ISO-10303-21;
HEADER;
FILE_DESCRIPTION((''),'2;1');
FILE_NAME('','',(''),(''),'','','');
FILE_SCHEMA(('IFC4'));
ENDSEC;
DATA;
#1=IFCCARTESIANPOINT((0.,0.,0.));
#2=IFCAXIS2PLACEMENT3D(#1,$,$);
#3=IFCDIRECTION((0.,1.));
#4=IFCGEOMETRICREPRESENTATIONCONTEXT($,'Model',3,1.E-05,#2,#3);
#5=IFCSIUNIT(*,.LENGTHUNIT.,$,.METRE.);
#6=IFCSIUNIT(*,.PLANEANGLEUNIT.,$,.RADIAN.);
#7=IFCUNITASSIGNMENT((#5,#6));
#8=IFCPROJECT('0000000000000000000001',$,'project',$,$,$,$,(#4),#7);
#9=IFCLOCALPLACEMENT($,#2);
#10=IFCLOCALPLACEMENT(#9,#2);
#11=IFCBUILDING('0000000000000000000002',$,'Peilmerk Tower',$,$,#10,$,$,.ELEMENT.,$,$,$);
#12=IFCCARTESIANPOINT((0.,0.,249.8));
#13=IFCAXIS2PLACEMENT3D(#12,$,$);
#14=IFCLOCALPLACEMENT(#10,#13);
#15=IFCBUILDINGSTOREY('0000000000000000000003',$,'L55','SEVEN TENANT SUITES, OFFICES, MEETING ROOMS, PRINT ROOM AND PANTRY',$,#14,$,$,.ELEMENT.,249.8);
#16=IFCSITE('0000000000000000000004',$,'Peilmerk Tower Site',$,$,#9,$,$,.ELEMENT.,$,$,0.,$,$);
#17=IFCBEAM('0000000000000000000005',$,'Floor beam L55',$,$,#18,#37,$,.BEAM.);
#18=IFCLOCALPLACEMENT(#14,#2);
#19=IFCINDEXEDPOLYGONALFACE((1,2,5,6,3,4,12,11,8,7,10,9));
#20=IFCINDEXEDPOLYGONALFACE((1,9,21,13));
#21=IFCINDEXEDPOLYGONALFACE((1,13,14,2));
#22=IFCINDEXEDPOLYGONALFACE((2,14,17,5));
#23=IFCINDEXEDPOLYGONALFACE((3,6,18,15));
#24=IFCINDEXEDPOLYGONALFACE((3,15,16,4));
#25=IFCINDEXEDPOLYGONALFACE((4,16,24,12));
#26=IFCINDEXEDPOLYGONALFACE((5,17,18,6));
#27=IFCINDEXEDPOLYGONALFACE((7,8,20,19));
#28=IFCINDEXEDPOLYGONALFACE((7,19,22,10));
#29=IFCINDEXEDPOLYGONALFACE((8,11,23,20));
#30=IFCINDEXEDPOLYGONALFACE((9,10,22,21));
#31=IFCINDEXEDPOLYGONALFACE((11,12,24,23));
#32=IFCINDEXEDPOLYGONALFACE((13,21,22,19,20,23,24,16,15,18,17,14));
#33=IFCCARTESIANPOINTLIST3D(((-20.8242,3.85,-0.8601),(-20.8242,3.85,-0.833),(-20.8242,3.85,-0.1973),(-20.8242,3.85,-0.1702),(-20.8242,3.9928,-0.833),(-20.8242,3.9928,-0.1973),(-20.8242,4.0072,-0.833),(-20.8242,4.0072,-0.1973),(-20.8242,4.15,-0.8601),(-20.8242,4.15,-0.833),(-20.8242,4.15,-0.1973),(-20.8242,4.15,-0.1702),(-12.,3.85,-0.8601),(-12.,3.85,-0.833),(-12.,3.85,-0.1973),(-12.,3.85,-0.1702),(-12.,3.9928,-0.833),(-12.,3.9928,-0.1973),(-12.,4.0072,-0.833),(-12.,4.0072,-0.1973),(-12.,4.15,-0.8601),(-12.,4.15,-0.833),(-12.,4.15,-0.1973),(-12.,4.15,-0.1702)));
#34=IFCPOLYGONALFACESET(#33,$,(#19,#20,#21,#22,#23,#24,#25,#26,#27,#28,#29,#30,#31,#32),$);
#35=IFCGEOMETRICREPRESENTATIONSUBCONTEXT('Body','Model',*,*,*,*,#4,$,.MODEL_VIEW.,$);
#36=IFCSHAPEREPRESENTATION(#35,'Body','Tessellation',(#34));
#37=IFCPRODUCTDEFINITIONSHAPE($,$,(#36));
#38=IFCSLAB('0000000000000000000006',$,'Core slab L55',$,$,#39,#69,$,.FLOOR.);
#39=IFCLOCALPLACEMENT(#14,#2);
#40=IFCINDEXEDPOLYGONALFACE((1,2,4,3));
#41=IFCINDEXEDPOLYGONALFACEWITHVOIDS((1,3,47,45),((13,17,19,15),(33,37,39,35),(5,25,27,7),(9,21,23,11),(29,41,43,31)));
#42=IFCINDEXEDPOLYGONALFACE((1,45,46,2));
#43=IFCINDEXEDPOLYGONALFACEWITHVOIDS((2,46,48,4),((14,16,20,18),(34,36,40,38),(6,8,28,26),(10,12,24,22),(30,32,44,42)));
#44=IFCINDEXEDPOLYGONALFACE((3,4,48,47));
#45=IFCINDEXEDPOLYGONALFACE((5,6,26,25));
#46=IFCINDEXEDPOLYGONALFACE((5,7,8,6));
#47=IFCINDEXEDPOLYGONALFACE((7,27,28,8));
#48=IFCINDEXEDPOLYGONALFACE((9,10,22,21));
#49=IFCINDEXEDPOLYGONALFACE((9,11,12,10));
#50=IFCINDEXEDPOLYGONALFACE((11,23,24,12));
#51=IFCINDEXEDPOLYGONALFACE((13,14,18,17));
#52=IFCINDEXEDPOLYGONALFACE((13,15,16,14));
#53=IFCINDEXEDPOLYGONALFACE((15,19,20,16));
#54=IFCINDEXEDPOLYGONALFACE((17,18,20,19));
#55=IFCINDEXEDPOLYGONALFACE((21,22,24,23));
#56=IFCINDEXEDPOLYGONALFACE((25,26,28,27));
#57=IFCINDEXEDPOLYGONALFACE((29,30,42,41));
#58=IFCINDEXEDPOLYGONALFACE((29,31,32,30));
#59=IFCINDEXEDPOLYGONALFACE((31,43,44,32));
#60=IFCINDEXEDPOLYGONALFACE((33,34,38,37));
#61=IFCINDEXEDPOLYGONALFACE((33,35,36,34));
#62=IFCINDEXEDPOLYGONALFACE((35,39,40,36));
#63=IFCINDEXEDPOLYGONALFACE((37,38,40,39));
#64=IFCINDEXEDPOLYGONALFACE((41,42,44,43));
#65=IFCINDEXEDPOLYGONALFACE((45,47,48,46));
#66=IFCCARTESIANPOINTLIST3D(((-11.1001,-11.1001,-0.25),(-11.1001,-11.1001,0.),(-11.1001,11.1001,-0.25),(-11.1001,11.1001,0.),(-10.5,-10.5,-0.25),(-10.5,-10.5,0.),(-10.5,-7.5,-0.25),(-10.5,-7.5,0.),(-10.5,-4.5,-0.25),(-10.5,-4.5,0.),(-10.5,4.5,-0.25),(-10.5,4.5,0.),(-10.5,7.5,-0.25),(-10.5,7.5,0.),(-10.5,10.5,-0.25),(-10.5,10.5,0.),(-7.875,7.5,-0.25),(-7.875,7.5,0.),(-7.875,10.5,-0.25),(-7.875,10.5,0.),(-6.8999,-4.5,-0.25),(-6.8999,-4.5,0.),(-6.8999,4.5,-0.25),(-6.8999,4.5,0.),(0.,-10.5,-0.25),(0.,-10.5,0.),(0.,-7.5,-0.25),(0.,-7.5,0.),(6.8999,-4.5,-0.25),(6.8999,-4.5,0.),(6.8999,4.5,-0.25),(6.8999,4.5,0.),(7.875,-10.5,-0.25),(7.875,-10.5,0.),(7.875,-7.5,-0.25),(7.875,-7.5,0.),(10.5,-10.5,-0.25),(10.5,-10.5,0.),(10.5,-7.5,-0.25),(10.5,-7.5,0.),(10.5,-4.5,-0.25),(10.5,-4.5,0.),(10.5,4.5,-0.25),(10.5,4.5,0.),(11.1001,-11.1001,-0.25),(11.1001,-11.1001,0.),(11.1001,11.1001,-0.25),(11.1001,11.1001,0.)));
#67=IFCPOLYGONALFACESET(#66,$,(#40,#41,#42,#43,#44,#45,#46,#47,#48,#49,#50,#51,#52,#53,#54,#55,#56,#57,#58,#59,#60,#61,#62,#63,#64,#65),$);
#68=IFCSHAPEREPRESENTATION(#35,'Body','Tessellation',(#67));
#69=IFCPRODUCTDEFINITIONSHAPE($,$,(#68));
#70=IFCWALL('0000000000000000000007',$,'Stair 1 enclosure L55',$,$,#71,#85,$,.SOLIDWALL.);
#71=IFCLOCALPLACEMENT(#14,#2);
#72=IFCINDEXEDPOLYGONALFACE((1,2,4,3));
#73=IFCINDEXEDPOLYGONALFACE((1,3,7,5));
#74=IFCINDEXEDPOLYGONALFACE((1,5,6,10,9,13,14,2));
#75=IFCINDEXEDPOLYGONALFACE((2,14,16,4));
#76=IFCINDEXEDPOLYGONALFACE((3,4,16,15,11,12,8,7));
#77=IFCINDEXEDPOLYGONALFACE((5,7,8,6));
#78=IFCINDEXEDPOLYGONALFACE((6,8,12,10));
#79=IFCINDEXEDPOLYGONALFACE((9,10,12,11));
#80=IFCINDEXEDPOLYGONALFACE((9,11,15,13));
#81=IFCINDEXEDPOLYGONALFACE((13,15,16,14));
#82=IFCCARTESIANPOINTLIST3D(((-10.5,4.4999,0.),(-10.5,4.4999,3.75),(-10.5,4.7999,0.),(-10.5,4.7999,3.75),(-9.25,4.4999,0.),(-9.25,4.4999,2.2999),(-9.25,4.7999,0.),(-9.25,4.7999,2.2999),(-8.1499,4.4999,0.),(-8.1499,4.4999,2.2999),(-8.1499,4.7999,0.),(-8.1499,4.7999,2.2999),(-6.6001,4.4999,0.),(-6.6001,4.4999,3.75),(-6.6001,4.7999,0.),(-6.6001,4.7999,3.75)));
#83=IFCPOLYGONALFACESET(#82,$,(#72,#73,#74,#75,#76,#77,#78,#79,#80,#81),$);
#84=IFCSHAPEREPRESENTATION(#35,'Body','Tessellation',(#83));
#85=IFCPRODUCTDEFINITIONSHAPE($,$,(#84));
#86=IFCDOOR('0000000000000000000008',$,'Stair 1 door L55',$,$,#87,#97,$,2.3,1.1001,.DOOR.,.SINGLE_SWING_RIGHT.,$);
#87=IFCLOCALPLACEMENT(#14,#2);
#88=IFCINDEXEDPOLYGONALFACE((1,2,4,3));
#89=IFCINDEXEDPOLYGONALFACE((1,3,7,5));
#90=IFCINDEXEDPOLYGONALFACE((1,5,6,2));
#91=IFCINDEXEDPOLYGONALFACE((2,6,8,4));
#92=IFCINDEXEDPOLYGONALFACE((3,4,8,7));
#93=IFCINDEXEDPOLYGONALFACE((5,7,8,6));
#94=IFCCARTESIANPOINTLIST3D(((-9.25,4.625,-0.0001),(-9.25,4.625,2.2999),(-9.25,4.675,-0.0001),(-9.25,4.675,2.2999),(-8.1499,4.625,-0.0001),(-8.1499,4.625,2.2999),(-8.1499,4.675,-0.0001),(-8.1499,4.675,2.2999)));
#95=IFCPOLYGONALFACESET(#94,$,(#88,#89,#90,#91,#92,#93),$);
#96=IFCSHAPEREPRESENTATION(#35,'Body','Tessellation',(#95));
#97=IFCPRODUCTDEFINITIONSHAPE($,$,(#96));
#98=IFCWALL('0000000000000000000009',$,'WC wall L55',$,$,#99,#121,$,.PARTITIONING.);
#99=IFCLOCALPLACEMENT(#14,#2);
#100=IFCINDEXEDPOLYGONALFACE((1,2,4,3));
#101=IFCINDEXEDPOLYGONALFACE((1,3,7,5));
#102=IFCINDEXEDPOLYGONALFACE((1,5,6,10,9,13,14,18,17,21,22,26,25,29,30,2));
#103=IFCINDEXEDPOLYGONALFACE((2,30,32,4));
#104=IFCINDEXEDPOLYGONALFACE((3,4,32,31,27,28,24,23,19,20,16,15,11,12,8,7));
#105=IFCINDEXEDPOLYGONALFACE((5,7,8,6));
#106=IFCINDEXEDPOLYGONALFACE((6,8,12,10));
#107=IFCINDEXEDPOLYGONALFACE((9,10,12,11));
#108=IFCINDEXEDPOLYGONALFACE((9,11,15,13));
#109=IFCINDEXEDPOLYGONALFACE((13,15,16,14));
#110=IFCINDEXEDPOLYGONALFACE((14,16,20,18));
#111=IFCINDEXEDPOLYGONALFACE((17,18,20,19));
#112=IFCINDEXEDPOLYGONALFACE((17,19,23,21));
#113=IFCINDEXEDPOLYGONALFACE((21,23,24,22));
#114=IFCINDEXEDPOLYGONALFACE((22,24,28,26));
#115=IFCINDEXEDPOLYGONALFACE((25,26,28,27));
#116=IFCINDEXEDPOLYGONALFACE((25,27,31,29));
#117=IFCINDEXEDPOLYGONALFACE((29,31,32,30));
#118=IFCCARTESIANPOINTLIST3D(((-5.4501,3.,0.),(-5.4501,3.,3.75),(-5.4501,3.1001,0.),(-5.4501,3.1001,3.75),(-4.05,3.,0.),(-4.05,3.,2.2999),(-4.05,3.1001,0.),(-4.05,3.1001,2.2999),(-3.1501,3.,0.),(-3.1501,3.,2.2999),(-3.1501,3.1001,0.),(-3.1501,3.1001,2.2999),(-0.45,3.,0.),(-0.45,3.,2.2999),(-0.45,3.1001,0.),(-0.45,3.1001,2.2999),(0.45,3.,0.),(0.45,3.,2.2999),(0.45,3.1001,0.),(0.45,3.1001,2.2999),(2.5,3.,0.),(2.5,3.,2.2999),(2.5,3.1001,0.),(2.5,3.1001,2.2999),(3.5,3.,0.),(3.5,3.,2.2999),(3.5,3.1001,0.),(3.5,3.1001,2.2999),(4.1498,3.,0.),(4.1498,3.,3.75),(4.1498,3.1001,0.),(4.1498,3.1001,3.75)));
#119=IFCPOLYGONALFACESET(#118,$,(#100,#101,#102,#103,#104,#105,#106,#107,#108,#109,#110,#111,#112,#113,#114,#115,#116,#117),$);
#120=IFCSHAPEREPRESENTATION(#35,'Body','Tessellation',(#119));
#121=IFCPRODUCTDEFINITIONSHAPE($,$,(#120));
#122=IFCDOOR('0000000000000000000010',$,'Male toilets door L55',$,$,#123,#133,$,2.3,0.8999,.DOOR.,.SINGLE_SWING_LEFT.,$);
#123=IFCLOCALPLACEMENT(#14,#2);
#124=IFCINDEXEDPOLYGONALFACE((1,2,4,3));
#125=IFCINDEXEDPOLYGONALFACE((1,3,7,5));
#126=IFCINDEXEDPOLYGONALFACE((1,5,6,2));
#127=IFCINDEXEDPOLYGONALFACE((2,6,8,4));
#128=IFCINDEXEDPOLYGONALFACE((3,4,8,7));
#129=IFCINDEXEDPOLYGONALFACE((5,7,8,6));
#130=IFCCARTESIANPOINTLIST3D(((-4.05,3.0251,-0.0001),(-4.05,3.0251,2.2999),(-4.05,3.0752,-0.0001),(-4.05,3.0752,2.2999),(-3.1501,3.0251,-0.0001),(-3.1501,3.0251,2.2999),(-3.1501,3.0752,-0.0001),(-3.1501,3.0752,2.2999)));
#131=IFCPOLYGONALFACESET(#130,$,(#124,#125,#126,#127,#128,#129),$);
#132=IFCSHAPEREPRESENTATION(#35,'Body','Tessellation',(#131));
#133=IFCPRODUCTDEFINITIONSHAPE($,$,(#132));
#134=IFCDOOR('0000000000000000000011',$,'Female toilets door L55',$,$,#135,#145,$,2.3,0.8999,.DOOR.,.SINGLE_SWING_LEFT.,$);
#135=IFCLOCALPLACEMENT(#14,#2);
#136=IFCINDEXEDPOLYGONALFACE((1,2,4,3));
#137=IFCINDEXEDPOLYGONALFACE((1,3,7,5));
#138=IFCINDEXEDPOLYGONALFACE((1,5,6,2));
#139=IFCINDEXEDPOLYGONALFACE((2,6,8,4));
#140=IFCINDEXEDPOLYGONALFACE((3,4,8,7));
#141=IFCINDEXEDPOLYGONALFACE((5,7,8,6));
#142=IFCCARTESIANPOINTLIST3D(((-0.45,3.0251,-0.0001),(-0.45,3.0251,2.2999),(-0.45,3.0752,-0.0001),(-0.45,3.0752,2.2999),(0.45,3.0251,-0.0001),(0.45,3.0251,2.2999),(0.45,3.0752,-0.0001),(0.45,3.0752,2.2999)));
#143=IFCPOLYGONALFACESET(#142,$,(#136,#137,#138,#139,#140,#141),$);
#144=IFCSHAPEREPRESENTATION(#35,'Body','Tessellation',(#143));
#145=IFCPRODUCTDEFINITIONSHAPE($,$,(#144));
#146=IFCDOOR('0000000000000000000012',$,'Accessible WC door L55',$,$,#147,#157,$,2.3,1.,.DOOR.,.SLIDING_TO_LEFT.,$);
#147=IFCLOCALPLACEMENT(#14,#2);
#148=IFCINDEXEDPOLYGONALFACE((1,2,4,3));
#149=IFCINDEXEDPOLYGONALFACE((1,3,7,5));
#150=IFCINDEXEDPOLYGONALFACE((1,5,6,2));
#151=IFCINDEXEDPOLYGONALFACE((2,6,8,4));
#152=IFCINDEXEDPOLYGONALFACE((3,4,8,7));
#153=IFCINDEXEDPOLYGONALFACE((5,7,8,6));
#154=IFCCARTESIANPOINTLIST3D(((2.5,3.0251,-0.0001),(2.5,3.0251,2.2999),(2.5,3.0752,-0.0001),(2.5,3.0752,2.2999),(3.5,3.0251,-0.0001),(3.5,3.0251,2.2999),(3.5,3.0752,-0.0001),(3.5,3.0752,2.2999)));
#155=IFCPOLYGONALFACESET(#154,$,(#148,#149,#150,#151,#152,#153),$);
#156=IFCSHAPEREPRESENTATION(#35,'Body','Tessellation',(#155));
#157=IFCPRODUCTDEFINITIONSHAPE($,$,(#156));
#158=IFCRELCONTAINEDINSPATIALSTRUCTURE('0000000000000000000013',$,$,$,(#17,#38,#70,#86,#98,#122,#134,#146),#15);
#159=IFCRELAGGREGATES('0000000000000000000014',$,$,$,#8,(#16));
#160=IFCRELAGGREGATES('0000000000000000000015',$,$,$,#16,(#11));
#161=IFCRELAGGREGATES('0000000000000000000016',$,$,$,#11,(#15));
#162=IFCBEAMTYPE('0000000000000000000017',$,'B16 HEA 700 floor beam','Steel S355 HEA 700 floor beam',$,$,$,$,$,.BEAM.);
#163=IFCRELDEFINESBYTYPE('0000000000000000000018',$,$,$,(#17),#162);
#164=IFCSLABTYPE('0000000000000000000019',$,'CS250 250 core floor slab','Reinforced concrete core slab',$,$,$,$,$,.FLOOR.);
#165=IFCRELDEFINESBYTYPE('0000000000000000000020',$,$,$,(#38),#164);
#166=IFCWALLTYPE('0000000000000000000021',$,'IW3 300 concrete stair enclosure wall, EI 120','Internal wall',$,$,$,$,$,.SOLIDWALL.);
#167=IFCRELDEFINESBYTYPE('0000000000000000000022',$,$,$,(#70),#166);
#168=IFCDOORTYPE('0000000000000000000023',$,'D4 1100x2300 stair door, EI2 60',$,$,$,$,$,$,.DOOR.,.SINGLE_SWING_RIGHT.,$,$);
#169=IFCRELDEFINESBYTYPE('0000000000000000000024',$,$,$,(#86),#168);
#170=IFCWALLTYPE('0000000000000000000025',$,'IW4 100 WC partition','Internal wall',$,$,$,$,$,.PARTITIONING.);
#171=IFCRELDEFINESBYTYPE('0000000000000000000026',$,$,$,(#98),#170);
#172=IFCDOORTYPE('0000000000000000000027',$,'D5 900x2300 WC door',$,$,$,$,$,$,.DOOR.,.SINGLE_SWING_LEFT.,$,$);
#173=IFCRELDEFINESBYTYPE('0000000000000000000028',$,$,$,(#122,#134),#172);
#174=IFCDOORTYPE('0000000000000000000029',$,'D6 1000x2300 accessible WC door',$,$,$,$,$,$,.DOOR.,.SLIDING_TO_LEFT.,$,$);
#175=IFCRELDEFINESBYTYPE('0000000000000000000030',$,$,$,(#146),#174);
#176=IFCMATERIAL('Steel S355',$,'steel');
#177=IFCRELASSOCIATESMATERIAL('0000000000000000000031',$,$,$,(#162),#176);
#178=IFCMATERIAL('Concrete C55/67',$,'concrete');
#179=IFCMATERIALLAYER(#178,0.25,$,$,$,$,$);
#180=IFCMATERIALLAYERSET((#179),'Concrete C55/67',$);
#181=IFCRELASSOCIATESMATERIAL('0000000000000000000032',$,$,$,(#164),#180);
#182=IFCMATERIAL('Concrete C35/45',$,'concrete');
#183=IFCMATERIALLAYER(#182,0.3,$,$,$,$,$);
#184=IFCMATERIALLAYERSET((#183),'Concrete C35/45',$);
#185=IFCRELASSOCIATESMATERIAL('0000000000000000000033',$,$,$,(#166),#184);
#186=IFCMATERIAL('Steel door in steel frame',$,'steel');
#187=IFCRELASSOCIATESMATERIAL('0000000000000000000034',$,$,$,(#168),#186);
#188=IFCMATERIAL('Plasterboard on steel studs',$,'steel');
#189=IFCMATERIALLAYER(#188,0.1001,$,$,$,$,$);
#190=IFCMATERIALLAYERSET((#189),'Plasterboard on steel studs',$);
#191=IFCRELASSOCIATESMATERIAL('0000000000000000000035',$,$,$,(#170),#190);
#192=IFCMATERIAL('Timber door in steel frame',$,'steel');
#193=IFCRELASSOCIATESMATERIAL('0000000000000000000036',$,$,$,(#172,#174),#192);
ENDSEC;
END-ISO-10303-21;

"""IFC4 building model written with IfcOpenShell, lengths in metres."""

from ifc_helpers import new_model, si_unit, direction, frame, frame_2d, origin, origin_2d, place, context, subcontext, project, spatial, polyline, rectangle, i_section, outline, extrude, material, layer, layer_set, material_profile, profile_set, type_object, element, fill, save


model = new_model("IFC4")

# Units and contexts
model_context = context("Model", 3, precision=1e-05, world=origin(), true_north=direction((0.0, 1.0)))
body_context = subcontext(model_context, "Body", "Model", "MODEL_VIEW")
ifc_project = project(units=[si_unit("LENGTHUNIT", "METRE"), si_unit("PLANEANGLEUNIT", "RADIAN")], contexts=[model_context])

# Site, building, storey
site_placement = place(None, origin())
site = spatial("IfcSite", under=ifc_project, at=site_placement, Name="Peilmerk Tower Site", CompositionType="ELEMENT", RefElevation=0.0)
building_placement = place(site_placement, origin())
building = spatial("IfcBuilding", under=site, at=building_placement, Name="Peilmerk Tower", CompositionType="ELEMENT")
storey_placement = place(building_placement, frame((0.0, 0.0, 249.8)))
storey = spatial("IfcBuildingStorey", under=building, at=storey_placement, Name="L55", Description="SEVEN TENANT SUITES, OFFICES, MEETING ROOMS, PRINT ROOM AND PANTRY", CompositionType="ELEMENT", Elevation=249.8)

# Beam
ifc_material_1 = material(Name="Steel S355", Category="steel")
ifc_material_profile = material_profile(ifc_material_1, i_section(OverallWidth=0.3, OverallDepth=0.6899, WebThickness=0.0144, FlangeThickness=0.0271, at=origin_2d()), Name="HEA 700")
ifc_profile_set = profile_set([ifc_material_profile], Name="Steel S355")
beam_type = type_object("IfcBeamType", Name="B16 HEA 700 floor beam", Description="Steel S355 HEA 700 floor beam", PredefinedType="BEAM", material=ifc_profile_set)
beam_placement = place(storey_placement, frame((-12.0, 4.0, -0.5151), z_axis=(-1.0, 0.0, 0.0), x_axis=(0.0, -1.0, 0.0)))
element("IfcBeam", 1, at=beam_placement, inside=storey, type_object=beam_type, Name="Floor beam L55", PredefinedType="BEAM", context=body_context, shape_type="SweptSolid", body=[
    extrude(i_section(OverallWidth=0.3, OverallDepth=0.6899, WebThickness=0.0144, FlangeThickness=0.0271, at=origin_2d()), origin(), (0.0, 0.0, 1.0), 8.8242),
])

# Slab
ifc_material_2 = material(Name="Concrete C55/67", Category="concrete")
ifc_layer_1 = layer(ifc_material_2, 0.25)
ifc_layer_set_1 = layer_set([ifc_layer_1], Name="Concrete C55/67")
slab_type = type_object("IfcSlabType", Name="CS250 250 core floor slab", Description="Reinforced concrete core slab", PredefinedType="FLOOR", material=ifc_layer_set_1)
slab_placement = place(storey_placement, frame((0.0, 0.0, -0.25)))
element("IfcSlab", 2, at=slab_placement, inside=storey, type_object=slab_type, Name="Core slab L55", PredefinedType="FLOOR", context=body_context, shape_type="SweptSolid", body=[
    extrude(outline(polyline([(11.1001, -11.1001), (11.1001, 11.1001), (-11.1001, 11.1001), (-11.1001, -11.1001), (11.1001, -11.1001)]), holes=[polyline([(-7.875, 7.5), (-10.5, 7.5), (-10.5, 10.5), (-7.875, 10.5), (-7.875, 7.5)]), polyline([(0.0, -10.5), (-10.5, -10.5), (-10.5, -7.5), (0.0, -7.5), (0.0, -10.5)]), polyline([(7.875, -10.5), (7.875, -7.5), (10.5, -7.5), (10.5, -10.5), (7.875, -10.5)]), polyline([(-10.5, 4.5), (-6.8999, 4.5), (-6.8999, -4.5), (-10.5, -4.5), (-10.5, 4.5)]), polyline([(10.5, 4.5), (10.5, -4.5), (6.8999, -4.5), (6.8999, 4.5), (10.5, 4.5)])]), origin(), (0.0, 0.0, 1.0), 0.25),
])

# Wall, opening, door
ifc_material_3 = material(Name="Concrete C35/45", Category="concrete")
ifc_layer_2 = layer(ifc_material_3, 0.3)
ifc_layer_set_2 = layer_set([ifc_layer_2], Name="Concrete C35/45")
wall_type_1 = type_object("IfcWallType", Name="IW3 300 concrete stair enclosure wall, EI 120", Description="Internal wall", PredefinedType="SOLIDWALL", material=ifc_layer_set_2)
wall_1_placement = place(storey_placement, frame((-10.5, 4.6499, 0.0), z_axis=(0.0, 0.0, 1.0), x_axis=(1.0, 0.0, 0.0)))
wall_1 = element("IfcWall", 3, at=wall_1_placement, inside=storey, type_object=wall_type_1, Name="Stair 1 enclosure L55", PredefinedType="SOLIDWALL", context=body_context, shape_type="SweptSolid", body=[
    extrude(rectangle(XDim=3.8999, YDim=0.3, at=frame_2d((1.95, 0.0))), origin(), (0.0, 0.0, 1.0), 3.75),
])
opening_1_placement = place(wall_1_placement, frame((1.25, 0.0, 0.0)))
opening_1 = element("IfcOpeningElement", 4, at=opening_1_placement, cuts=wall_1, PredefinedType="OPENING", context=body_context, shape_type="SweptSolid", body=[
    extrude(rectangle(XDim=1.1001, YDim=2.3, at=frame_2d((0.55, 1.1499))), frame((0.0, 0.1599, 0.0), z_axis=(0.0, -1.0, 0.0), x_axis=(1.0, 0.0, 0.0)), (0.0, 0.0, 1.0), 0.3201),
])
ifc_material_4 = material(Name="Steel door in steel frame", Category="steel")
door_type_1 = type_object("IfcDoorType", Name="D4 1100x2300 stair door, EI2 60", OperationType="SINGLE_SWING_RIGHT", PredefinedType="DOOR", material=ifc_material_4)
door_1_placement = place(opening_1_placement, frame((1.1001, 0.0, 0.0), z_axis=(0.0, 0.0, 1.0), x_axis=(-1.0, 0.0, 0.0)))
door_1 = element("IfcDoor", 5, at=door_1_placement, inside=storey, type_object=door_type_1, Name="Stair 1 door L55", OperationType="SINGLE_SWING_RIGHT", OverallHeight=2.3, OverallWidth=1.1001, PredefinedType="DOOR", context=body_context, shape_type="SweptSolid", body=[
    extrude(rectangle(XDim=1.1001, YDim=2.3, at=frame_2d((0.55, 1.1499))), frame((0.0, 0.0249, 0.0), z_axis=(0.0, -1.0, 0.0), x_axis=(1.0, 0.0, 0.0)), (0.0, 0.0, 1.0), 0.05),
])
fill(opening_1, door_1)

# Wall, openings, doors
ifc_material_5 = material(Name="Plasterboard on steel studs", Category="steel")
ifc_layer_3 = layer(ifc_material_5, 0.1001)
ifc_layer_set_3 = layer_set([ifc_layer_3], Name="Plasterboard on steel studs")
wall_type_2 = type_object("IfcWallType", Name="IW4 100 WC partition", Description="Internal wall", PredefinedType="PARTITIONING", material=ifc_layer_set_3)
wall_2_placement = place(storey_placement, frame((-5.45, 3.05, 0.0), z_axis=(0.0, 0.0, 1.0), x_axis=(1.0, 0.0, 0.0)))
wall_2 = element("IfcWall", 6, at=wall_2_placement, inside=storey, type_object=wall_type_2, Name="WC wall L55", PredefinedType="PARTITIONING", context=body_context, shape_type="SweptSolid", body=[
    extrude(rectangle(XDim=9.5999, YDim=0.1001, at=frame_2d((4.7998, 0.0))), origin(), (0.0, 0.0, 1.0), 3.75),
])
opening_2_placement = place(wall_2_placement, frame((1.3999, 0.0, 0.0)))
opening_2 = element("IfcOpeningElement", 7, at=opening_2_placement, cuts=wall_2, PredefinedType="OPENING", context=body_context, shape_type="SweptSolid", body=[
    extrude(rectangle(XDim=0.8999, YDim=2.3, at=frame_2d((0.45, 1.1499))), frame((0.0, 0.0601, 0.0), z_axis=(0.0, -1.0, 0.0), x_axis=(1.0, 0.0, 0.0)), (0.0, 0.0, 1.0), 0.1201),
])
opening_3_placement = place(wall_2_placement, frame((5.0, 0.0, 0.0)))
opening_3 = element("IfcOpeningElement", 8, at=opening_3_placement, cuts=wall_2, PredefinedType="OPENING", context=body_context, shape_type="SweptSolid", body=[
    extrude(rectangle(XDim=0.8999, YDim=2.3, at=frame_2d((0.45, 1.1499))), frame((0.0, 0.0601, 0.0), z_axis=(0.0, -1.0, 0.0), x_axis=(1.0, 0.0, 0.0)), (0.0, 0.0, 1.0), 0.1201),
])
opening_4_placement = place(wall_2_placement, frame((7.95, 0.0, 0.0)))
opening_4 = element("IfcOpeningElement", 9, at=opening_4_placement, cuts=wall_2, PredefinedType="OPENING", context=body_context, shape_type="SweptSolid", body=[
    extrude(rectangle(XDim=1.0, YDim=2.3, at=frame_2d((0.5, 1.1499))), frame((0.0, 0.0601, 0.0), z_axis=(0.0, -1.0, 0.0), x_axis=(1.0, 0.0, 0.0)), (0.0, 0.0, 1.0), 0.1201),
])
ifc_material_6 = material(Name="Timber door in steel frame", Category="steel")
door_type_2 = type_object("IfcDoorType", Name="D5 900x2300 WC door", OperationType="SINGLE_SWING_LEFT", PredefinedType="DOOR", material=ifc_material_6)
door_2_placement = place(opening_2_placement, frame((0.8999, 0.0, 0.0), z_axis=(0.0, 0.0, 1.0), x_axis=(-1.0, 0.0, 0.0)))
door_2 = element("IfcDoor", 10, at=door_2_placement, inside=storey, type_object=door_type_2, Name="Male toilets door L55", OperationType="SINGLE_SWING_LEFT", OverallHeight=2.3, OverallWidth=0.8999, PredefinedType="DOOR", context=body_context, shape_type="SweptSolid", body=[
    extrude(rectangle(XDim=0.8999, YDim=2.3, at=frame_2d((0.45, 1.1499))), frame((0.0, 0.0249, 0.0), z_axis=(0.0, -1.0, 0.0), x_axis=(1.0, 0.0, 0.0)), (0.0, 0.0, 1.0), 0.05),
])
fill(opening_2, door_2)
door_3_placement = place(opening_3_placement, frame((0.8999, 0.0, 0.0), z_axis=(0.0, 0.0, 1.0), x_axis=(-1.0, 0.0, 0.0)))
door_3 = element("IfcDoor", 11, at=door_3_placement, inside=storey, type_object=door_type_2, Name="Female toilets door L55", OperationType="SINGLE_SWING_LEFT", OverallHeight=2.3, OverallWidth=0.8999, PredefinedType="DOOR", context=body_context, shape_type="SweptSolid", body=[
    extrude(rectangle(XDim=0.8999, YDim=2.3, at=frame_2d((0.45, 1.1499))), frame((0.0, 0.0249, 0.0), z_axis=(0.0, -1.0, 0.0), x_axis=(1.0, 0.0, 0.0)), (0.0, 0.0, 1.0), 0.05),
])
fill(opening_3, door_3)
door_type_3 = type_object("IfcDoorType", Name="D6 1000x2300 accessible WC door", OperationType="SLIDING_TO_LEFT", PredefinedType="DOOR", material=ifc_material_6)
door_4_placement = place(opening_4_placement, frame((1.0, 0.0, 0.0), z_axis=(0.0, 0.0, 1.0), x_axis=(-1.0, 0.0, 0.0)))
door_4 = element("IfcDoor", 12, at=door_4_placement, inside=storey, type_object=door_type_3, Name="Accessible WC door L55", OperationType="SLIDING_TO_LEFT", OverallHeight=2.3, OverallWidth=1.0, PredefinedType="DOOR", context=body_context, shape_type="SweptSolid", body=[
    extrude(rectangle(XDim=1.0, YDim=2.3, at=frame_2d((0.5, 1.1499))), frame((0.0, 0.0249, 0.0), z_axis=(0.0, -1.0, 0.0), x_axis=(1.0, 0.0, 0.0)), (0.0, 0.0, 1.0), 0.05),
])
fill(opening_4, door_4)

save(model, "model.ifc")
